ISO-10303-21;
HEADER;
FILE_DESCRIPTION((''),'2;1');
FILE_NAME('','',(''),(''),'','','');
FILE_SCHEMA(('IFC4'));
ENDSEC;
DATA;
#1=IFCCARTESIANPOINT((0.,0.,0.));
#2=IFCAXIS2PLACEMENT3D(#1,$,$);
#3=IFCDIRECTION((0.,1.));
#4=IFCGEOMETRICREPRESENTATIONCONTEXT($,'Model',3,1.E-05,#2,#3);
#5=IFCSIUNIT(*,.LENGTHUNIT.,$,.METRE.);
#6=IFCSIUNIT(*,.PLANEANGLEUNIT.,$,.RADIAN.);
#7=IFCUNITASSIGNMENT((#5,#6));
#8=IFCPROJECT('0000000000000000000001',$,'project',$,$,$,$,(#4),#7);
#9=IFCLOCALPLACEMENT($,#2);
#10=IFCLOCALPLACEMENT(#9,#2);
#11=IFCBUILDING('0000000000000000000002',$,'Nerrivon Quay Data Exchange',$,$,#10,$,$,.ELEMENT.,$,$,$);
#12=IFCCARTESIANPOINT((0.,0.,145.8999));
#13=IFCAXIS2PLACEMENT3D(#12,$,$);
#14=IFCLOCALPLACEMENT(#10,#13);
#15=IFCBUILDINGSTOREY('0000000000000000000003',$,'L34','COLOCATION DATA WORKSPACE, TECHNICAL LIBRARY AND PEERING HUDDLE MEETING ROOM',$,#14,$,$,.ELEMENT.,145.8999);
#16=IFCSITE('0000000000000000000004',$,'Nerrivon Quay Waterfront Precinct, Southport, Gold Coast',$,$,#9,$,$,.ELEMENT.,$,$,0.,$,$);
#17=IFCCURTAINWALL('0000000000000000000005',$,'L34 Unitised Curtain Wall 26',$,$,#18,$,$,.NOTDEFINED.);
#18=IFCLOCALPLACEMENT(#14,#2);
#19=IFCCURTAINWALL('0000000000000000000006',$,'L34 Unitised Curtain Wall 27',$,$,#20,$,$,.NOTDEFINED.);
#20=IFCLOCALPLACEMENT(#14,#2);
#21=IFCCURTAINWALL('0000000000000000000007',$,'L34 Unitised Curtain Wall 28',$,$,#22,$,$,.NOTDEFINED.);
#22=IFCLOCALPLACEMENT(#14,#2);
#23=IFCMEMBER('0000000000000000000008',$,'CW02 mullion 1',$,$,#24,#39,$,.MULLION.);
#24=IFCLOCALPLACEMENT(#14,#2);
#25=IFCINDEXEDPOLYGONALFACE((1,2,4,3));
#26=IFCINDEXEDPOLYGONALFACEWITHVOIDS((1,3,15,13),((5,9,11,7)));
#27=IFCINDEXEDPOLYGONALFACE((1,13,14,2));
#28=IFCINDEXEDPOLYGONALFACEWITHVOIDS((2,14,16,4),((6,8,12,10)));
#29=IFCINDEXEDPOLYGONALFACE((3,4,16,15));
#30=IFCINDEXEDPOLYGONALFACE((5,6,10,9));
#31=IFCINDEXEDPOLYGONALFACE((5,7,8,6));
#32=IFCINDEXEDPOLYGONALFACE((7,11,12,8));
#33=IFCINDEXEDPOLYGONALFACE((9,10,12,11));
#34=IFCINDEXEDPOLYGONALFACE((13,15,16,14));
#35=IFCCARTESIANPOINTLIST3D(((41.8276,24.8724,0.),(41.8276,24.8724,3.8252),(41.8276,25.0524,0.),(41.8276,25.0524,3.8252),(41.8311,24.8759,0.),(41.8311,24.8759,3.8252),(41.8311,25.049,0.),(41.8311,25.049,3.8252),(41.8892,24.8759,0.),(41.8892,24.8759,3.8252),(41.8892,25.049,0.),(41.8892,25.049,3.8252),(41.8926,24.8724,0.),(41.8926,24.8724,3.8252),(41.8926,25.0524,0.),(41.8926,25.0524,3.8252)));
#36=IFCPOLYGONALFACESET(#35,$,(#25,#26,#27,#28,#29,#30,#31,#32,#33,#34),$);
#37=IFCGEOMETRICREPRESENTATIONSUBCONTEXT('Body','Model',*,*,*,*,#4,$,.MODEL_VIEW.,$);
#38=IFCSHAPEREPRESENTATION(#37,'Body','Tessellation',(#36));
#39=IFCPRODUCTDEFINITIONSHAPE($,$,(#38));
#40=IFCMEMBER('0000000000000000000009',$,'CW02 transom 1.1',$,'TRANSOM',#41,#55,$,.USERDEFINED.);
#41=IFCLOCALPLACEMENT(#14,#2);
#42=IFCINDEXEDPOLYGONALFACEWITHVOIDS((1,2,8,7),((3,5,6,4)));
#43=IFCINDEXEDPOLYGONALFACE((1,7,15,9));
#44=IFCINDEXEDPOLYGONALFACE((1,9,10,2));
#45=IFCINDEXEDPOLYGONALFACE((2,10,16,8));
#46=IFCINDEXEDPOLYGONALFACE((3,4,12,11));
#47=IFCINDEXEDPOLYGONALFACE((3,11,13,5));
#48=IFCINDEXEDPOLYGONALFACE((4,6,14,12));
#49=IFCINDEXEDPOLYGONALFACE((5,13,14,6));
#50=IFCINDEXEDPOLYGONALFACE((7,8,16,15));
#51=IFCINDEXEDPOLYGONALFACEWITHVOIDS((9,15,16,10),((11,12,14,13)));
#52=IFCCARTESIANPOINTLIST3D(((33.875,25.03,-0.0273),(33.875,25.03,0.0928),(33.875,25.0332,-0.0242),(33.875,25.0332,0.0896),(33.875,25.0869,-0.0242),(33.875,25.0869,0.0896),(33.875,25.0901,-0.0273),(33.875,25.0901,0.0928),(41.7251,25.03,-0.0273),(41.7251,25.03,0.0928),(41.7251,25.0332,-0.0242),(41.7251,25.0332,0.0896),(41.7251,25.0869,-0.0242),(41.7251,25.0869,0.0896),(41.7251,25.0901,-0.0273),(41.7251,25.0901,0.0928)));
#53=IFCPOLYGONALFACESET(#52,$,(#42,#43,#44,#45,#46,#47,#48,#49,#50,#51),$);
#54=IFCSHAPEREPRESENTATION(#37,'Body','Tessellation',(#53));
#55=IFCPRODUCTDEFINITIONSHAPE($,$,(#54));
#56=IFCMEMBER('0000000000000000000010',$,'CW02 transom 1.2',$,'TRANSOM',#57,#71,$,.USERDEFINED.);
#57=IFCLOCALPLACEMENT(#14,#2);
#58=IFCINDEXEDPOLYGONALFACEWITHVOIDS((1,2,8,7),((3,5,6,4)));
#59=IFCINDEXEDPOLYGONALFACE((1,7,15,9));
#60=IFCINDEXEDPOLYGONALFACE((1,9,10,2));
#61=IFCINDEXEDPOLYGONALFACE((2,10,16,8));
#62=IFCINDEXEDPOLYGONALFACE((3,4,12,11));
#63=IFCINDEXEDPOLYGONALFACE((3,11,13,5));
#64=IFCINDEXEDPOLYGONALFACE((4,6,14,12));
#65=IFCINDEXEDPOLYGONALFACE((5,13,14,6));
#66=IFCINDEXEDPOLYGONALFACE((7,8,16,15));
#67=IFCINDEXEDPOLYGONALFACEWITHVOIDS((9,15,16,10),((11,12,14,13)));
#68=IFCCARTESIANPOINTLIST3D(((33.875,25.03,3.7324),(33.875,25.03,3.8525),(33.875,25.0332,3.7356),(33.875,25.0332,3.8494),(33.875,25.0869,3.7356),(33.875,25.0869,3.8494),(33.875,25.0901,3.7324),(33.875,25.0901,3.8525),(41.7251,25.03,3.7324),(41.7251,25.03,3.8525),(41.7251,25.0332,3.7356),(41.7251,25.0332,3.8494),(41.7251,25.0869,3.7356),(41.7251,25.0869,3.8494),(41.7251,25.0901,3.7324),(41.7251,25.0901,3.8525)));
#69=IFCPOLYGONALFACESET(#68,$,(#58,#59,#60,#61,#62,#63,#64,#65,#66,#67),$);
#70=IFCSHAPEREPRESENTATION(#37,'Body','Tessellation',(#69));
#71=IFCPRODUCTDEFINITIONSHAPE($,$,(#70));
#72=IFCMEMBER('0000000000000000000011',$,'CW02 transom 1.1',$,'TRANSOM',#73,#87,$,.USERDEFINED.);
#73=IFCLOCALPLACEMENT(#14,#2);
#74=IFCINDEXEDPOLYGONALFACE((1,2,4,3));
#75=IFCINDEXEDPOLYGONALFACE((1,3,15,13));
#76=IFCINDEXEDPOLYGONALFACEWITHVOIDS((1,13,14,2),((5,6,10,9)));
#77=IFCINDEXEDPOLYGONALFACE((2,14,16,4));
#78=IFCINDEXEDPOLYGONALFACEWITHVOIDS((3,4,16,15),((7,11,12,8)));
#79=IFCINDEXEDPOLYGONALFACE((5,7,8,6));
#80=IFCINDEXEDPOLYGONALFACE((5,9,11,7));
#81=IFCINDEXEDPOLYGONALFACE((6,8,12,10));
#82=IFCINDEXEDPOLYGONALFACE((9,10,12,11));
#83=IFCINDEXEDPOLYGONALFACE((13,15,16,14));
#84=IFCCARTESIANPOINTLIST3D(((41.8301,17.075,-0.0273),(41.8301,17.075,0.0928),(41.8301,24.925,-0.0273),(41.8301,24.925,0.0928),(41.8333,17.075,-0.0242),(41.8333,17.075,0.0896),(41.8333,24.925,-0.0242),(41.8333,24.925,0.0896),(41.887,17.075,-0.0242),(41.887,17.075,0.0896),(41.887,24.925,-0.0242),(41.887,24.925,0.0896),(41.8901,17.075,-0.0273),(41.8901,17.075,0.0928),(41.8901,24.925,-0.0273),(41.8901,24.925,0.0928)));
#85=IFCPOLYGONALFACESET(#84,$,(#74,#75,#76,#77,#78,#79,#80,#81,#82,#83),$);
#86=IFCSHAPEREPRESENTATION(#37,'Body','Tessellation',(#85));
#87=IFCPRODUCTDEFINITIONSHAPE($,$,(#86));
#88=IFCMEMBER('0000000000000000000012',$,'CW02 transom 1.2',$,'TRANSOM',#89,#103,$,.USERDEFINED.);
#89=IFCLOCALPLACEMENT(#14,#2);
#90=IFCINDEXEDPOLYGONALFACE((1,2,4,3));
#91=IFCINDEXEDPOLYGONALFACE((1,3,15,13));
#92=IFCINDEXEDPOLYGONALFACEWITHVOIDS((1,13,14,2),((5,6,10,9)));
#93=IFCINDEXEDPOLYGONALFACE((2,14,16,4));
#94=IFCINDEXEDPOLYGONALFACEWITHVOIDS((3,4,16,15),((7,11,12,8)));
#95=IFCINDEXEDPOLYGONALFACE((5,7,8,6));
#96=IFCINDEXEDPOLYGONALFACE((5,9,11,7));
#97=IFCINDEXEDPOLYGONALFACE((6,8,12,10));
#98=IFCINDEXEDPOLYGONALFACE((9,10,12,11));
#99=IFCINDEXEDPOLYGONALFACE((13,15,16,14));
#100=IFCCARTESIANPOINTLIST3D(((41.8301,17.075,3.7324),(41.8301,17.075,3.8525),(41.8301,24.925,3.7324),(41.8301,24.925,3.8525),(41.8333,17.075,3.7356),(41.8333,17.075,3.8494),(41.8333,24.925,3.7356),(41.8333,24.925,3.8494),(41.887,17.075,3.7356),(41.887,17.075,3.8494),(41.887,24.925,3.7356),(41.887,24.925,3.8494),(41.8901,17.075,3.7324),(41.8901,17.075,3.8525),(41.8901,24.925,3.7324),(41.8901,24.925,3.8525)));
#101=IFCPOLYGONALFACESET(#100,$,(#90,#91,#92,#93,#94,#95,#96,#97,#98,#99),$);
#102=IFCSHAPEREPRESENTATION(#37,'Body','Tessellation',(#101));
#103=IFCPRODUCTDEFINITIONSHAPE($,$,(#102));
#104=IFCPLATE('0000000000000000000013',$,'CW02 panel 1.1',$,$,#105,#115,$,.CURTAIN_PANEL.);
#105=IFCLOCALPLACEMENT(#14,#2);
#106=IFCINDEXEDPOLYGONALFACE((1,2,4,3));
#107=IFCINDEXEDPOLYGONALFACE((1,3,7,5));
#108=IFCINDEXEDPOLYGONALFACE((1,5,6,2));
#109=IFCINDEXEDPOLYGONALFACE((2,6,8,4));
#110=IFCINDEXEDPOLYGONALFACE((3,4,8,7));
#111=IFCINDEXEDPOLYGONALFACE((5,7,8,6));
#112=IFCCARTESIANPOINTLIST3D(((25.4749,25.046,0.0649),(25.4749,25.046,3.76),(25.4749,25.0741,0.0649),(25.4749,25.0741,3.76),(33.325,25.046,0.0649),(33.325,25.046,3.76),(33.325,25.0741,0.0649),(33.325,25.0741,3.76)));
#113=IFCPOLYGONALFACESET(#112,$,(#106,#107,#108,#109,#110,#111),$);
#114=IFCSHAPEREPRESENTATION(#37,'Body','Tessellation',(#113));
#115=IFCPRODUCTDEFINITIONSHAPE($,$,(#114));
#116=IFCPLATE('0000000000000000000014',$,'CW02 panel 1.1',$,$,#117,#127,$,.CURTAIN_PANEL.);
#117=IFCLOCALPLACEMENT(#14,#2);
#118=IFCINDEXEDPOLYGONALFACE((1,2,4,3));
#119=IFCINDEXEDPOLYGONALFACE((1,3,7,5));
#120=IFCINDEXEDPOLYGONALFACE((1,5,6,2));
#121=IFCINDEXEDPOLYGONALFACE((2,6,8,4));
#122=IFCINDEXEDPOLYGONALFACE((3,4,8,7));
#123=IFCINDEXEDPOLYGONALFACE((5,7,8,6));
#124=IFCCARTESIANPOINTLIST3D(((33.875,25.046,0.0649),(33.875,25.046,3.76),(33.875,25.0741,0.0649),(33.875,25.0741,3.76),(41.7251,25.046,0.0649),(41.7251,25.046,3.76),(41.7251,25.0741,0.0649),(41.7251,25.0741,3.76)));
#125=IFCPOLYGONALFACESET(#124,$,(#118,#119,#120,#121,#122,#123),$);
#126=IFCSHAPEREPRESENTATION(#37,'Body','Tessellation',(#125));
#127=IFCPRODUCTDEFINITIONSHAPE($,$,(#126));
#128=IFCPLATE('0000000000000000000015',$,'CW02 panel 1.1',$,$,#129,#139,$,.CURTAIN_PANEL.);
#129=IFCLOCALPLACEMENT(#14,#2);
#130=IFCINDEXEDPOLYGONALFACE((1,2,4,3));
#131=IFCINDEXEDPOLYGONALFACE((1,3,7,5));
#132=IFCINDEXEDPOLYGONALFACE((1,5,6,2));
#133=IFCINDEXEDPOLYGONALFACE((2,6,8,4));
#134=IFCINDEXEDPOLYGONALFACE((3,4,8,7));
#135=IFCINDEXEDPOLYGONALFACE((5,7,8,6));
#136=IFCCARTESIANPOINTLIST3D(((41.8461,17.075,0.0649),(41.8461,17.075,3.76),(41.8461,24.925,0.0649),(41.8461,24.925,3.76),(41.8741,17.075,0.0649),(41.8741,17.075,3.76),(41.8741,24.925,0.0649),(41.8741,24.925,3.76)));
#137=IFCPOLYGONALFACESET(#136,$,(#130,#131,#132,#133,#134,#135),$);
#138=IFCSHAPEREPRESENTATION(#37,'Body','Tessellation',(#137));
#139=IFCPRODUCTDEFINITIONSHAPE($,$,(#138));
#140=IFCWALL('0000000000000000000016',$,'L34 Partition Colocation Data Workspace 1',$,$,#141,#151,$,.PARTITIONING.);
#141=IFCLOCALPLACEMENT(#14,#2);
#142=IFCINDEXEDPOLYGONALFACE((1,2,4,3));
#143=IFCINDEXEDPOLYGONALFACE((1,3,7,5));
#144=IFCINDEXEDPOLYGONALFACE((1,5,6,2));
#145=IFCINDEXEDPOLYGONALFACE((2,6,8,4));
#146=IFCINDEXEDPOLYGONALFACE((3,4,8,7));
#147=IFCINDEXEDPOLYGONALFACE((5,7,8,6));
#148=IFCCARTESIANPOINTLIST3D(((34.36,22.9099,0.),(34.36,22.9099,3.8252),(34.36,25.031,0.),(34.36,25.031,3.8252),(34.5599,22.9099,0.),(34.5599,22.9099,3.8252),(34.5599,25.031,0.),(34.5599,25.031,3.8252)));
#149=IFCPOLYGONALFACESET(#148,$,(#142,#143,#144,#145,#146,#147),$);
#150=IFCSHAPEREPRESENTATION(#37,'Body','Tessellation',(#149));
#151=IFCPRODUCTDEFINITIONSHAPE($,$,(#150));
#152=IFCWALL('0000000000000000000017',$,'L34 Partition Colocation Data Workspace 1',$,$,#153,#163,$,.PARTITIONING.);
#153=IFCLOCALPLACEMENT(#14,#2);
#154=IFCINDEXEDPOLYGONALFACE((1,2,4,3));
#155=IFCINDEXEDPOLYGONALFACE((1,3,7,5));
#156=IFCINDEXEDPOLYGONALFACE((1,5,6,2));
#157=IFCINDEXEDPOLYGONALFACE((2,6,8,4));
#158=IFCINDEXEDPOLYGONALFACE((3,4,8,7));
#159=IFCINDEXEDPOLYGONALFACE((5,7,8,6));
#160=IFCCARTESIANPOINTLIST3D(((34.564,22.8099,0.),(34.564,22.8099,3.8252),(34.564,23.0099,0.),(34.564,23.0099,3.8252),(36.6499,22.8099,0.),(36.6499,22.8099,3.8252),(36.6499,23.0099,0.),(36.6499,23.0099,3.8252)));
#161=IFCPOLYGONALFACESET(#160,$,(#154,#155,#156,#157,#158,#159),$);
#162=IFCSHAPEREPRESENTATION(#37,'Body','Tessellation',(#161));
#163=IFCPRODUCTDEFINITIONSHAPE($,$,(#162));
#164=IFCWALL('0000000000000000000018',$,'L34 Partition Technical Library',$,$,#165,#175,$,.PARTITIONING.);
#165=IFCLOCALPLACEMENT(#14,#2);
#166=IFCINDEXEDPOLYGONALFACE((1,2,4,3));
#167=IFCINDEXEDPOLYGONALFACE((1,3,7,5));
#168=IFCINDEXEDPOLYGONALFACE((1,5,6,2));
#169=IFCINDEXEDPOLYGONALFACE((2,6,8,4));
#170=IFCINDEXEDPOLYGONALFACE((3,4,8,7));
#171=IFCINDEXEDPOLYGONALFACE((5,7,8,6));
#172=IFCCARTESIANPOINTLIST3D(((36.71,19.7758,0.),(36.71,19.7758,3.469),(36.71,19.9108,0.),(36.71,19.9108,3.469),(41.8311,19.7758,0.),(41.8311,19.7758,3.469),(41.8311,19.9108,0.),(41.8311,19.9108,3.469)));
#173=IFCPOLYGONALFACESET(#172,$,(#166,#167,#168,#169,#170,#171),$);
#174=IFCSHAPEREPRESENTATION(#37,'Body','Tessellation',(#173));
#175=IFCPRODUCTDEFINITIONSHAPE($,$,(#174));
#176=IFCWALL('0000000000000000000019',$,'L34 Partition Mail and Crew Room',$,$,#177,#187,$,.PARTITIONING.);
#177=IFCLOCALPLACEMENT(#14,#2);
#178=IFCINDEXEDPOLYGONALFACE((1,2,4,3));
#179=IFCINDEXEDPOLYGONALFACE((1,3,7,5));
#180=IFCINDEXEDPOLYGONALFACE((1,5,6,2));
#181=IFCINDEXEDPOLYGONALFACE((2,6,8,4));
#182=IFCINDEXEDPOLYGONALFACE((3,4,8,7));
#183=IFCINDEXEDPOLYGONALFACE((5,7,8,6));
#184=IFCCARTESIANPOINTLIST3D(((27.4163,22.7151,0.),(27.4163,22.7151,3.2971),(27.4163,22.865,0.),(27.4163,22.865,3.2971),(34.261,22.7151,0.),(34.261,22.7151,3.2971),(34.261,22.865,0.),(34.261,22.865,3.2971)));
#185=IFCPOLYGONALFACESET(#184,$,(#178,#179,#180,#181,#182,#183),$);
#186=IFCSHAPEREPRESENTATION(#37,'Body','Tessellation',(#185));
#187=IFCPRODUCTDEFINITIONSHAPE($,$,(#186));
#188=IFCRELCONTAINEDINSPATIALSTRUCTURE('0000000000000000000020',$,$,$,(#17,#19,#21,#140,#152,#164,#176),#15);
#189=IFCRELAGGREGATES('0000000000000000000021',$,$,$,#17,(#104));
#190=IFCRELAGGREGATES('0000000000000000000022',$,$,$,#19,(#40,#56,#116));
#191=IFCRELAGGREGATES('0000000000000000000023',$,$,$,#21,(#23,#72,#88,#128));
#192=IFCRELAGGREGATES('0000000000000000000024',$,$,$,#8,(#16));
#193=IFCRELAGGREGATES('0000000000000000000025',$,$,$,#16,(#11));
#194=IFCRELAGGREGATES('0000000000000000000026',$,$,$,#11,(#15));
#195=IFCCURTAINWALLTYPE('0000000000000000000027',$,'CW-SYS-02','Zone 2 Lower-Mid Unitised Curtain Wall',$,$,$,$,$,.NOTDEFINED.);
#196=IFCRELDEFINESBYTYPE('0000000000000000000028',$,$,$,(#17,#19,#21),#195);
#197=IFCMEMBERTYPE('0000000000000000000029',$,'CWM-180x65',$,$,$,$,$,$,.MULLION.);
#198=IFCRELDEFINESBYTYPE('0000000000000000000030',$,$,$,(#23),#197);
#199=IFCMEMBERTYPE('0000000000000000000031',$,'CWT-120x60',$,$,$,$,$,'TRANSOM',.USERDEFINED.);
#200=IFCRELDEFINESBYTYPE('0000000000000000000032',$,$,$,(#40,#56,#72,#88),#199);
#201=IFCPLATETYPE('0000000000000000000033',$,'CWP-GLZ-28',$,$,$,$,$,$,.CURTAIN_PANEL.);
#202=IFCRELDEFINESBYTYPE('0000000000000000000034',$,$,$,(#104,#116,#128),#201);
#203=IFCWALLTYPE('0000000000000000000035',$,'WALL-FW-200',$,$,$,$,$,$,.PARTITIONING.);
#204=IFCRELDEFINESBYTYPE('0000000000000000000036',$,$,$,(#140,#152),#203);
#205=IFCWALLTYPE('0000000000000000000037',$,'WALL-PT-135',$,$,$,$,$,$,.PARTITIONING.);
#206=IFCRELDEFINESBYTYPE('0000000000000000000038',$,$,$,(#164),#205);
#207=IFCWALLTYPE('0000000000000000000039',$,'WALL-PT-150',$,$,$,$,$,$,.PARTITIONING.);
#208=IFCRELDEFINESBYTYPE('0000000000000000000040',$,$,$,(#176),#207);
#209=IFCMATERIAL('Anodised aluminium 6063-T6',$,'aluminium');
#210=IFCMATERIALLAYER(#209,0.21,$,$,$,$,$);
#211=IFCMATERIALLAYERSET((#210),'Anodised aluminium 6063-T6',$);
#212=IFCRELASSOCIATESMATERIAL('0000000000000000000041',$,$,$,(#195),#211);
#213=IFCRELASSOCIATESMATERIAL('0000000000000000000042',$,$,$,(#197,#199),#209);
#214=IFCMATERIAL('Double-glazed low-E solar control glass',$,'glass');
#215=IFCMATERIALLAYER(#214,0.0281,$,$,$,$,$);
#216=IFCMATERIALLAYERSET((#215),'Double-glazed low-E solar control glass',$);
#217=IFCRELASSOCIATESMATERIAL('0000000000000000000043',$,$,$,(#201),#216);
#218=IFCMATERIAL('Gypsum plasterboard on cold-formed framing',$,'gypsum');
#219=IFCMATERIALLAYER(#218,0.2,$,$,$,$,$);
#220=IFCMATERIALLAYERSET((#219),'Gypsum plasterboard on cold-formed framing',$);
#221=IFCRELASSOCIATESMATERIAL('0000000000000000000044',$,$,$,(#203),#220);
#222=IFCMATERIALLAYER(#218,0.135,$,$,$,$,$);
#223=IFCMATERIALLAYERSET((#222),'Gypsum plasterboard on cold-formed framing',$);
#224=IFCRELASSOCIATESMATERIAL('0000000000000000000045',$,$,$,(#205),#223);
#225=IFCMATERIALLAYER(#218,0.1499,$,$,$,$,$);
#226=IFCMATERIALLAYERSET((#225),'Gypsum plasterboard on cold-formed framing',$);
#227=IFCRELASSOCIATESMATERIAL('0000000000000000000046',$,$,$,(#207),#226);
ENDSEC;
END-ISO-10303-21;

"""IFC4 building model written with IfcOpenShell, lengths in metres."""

from ifc_helpers import new_model, si_unit, direction, frame, frame_2d, origin, origin_2d, place, context, subcontext, project, spatial, rectangle, hollow_rectangle, extrude, material, layer, layer_set, material_profile, profile_set, type_object, element, aggregate, save


model = new_model("IFC4")

# Units and contexts
model_context = context("Model", 3, precision=1e-05, world=origin(), true_north=direction((0.0, 1.0)))
body_context = subcontext(model_context, "Body", "Model", "MODEL_VIEW")
ifc_project = project(units=[si_unit("LENGTHUNIT", "METRE"), si_unit("PLANEANGLEUNIT", "RADIAN")], contexts=[model_context])

# Site, building, storey
site_placement = place(None, origin())
site = spatial("IfcSite", under=ifc_project, at=site_placement, Name="Nerrivon Quay Waterfront Precinct, Southport, Gold Coast", CompositionType="ELEMENT", RefElevation=0.0)
building_placement = place(site_placement, origin())
building = spatial("IfcBuilding", under=site, at=building_placement, Name="Nerrivon Quay Data Exchange", CompositionType="ELEMENT")
storey_placement = place(building_placement, frame((0.0, 0.0, 145.8999)))
storey = spatial("IfcBuildingStorey", under=building, at=storey_placement, Name="L34", Description="COLOCATION DATA WORKSPACE, TECHNICAL LIBRARY AND PEERING HUDDLE MEETING ROOM", CompositionType="ELEMENT", Elevation=145.8999)

# Curtain wall
ifc_material_1 = material(Name="Anodised aluminium 6063-T6", Category="aluminium")
ifc_layer_1 = layer(ifc_material_1, 0.21)
ifc_layer_set_1 = layer_set([ifc_layer_1], Name="Anodised aluminium 6063-T6")
curtain_wall_type = type_object("IfcCurtainWallType", Name="CW-SYS-02", Description="Zone 2 Lower-Mid Unitised Curtain Wall", PredefinedType="NOTDEFINED", material=ifc_layer_set_1)
curtain_wall_1_placement = place(storey_placement, origin())
curtain_wall_1 = element("IfcCurtainWall", 1, at=curtain_wall_1_placement, inside=storey, type_object=curtain_wall_type, Name="L34 Unitised Curtain Wall 26", PredefinedType="NOTDEFINED")
ifc_material_profile_1 = material_profile(ifc_material_1, hollow_rectangle(XDim=0.0649, YDim=0.1799, WallThickness=0.0034, at=origin_2d()), Name="ALU-MULL-180x65")
ifc_profile_set_1 = profile_set([ifc_material_profile_1], Name="Anodised aluminium 6063-T6")
member_type_1 = type_object("IfcMemberType", Name="CWM-180x65", PredefinedType="MULLION", material=ifc_profile_set_1)

# Curtain wall
curtain_wall_2_placement = place(storey_placement, origin())
curtain_wall_2 = element("IfcCurtainWall", 2, at=curtain_wall_2_placement, inside=storey, type_object=curtain_wall_type, Name="L34 Unitised Curtain Wall 27", PredefinedType="NOTDEFINED")

# Curtain wall, member
curtain_wall_3_placement = place(storey_placement, origin())
curtain_wall_3 = element("IfcCurtainWall", 3, at=curtain_wall_3_placement, inside=storey, type_object=curtain_wall_type, Name="L34 Unitised Curtain Wall 28", PredefinedType="NOTDEFINED")
member_1_placement = place(storey_placement, frame((41.8601, 24.9624, 0.0), z_axis=(0.0, 0.0, 1.0), x_axis=(1.0, 0.0, 0.0)))
member_1 = element("IfcMember", 4, at=member_1_placement, type_object=member_type_1, Name="CW02 mullion 1", PredefinedType="MULLION", context=body_context, shape_type="SweptSolid", body=[
    extrude(hollow_rectangle(XDim=0.0649, YDim=0.1799, WallThickness=0.0034, at=origin_2d()), origin(), (0.0, 0.0, 1.0), 3.8252),
])

# Members
ifc_material_profile_2 = material_profile(ifc_material_1, hollow_rectangle(XDim=0.0601, YDim=0.1201, WallThickness=0.0032, at=origin_2d()), Name="ALU-TRAN-120x60")
ifc_profile_set_2 = profile_set([ifc_material_profile_2], Name="Anodised aluminium 6063-T6")
member_type_2 = type_object("IfcMemberType", Name="CWT-120x60", ElementType="TRANSOM", PredefinedType="USERDEFINED", material=ifc_profile_set_2)
member_2_placement = place(storey_placement, frame((33.875, 25.0601, 0.0327), z_axis=(1.0, 0.0, 0.0), x_axis=(0.0, 1.0, 0.0)))
member_2 = element("IfcMember", 5, at=member_2_placement, type_object=member_type_2, Name="CW02 transom 1.1", ObjectType="TRANSOM", PredefinedType="USERDEFINED", context=body_context, shape_type="SweptSolid", body=[
    extrude(hollow_rectangle(XDim=0.0601, YDim=0.1201, WallThickness=0.0032, at=origin_2d()), origin(), (0.0, 0.0, 1.0), 7.8501),
])
member_3_placement = place(storey_placement, frame((33.875, 25.0601, 3.7925), z_axis=(1.0, 0.0, 0.0), x_axis=(0.0, 1.0, 0.0)))
member_3 = element("IfcMember", 6, at=member_3_placement, type_object=member_type_2, Name="CW02 transom 1.2", ObjectType="TRANSOM", PredefinedType="USERDEFINED", context=body_context, shape_type="SweptSolid", body=[
    extrude(hollow_rectangle(XDim=0.0601, YDim=0.1201, WallThickness=0.0032, at=origin_2d()), origin(), (0.0, 0.0, 1.0), 7.8501),
])
member_4_placement = place(storey_placement, frame((41.8601, 24.925, 0.0327), z_axis=(0.0, -1.0, 0.0), x_axis=(1.0, 0.0, 0.0)))
member_4 = element("IfcMember", 7, at=member_4_placement, type_object=member_type_2, Name="CW02 transom 1.1", ObjectType="TRANSOM", PredefinedType="USERDEFINED", context=body_context, shape_type="SweptSolid", body=[
    extrude(hollow_rectangle(XDim=0.0601, YDim=0.1201, WallThickness=0.0032, at=origin_2d()), origin(), (0.0, 0.0, 1.0), 7.8501),
])
member_5_placement = place(storey_placement, frame((41.8601, 24.925, 3.7925), z_axis=(0.0, -1.0, 0.0), x_axis=(1.0, 0.0, 0.0)))
member_5 = element("IfcMember", 8, at=member_5_placement, type_object=member_type_2, Name="CW02 transom 1.2", ObjectType="TRANSOM", PredefinedType="USERDEFINED", context=body_context, shape_type="SweptSolid", body=[
    extrude(hollow_rectangle(XDim=0.0601, YDim=0.1201, WallThickness=0.0032, at=origin_2d()), origin(), (0.0, 0.0, 1.0), 7.8501),
])

# Plates
ifc_material_2 = material(Name="Double-glazed low-E solar control glass", Category="glass")
ifc_layer_2 = layer(ifc_material_2, 0.0281)
ifc_layer_set_2 = layer_set([ifc_layer_2], Name="Double-glazed low-E solar control glass")
plate_type = type_object("IfcPlateType", Name="CWP-GLZ-28", PredefinedType="CURTAIN_PANEL", material=ifc_layer_set_2)
plate_1_placement = place(storey_placement, frame((29.3999, 25.0601, 0.0649), z_axis=(0.0, 0.0, 1.0), x_axis=(1.0, 0.0, 0.0)))
plate_1 = element("IfcPlate", 9, at=plate_1_placement, type_object=plate_type, Name="CW02 panel 1.1", PredefinedType="CURTAIN_PANEL", context=body_context, shape_type="SweptSolid", body=[
    extrude(rectangle(XDim=7.8501, YDim=0.0281, at=origin_2d()), origin(), (0.0, 0.0, 1.0), 3.6951),
])
aggregate(curtain_wall_1, [plate_1])
plate_2_placement = place(storey_placement, frame((37.8, 25.0601, 0.0649), z_axis=(0.0, 0.0, 1.0), x_axis=(1.0, 0.0, 0.0)))
plate_2 = element("IfcPlate", 10, at=plate_2_placement, type_object=plate_type, Name="CW02 panel 1.1", PredefinedType="CURTAIN_PANEL", context=body_context, shape_type="SweptSolid", body=[
    extrude(rectangle(XDim=7.8501, YDim=0.0281, at=origin_2d()), origin(), (0.0, 0.0, 1.0), 3.6951),
])
aggregate(curtain_wall_2, [member_2, member_3, plate_2])
plate_3_placement = place(storey_placement, frame((41.8601, 21.0, 0.0649), z_axis=(0.0, 0.0, 1.0), x_axis=(0.0, -1.0, 0.0)))
plate_3 = element("IfcPlate", 11, at=plate_3_placement, type_object=plate_type, Name="CW02 panel 1.1", PredefinedType="CURTAIN_PANEL", context=body_context, shape_type="SweptSolid", body=[
    extrude(rectangle(XDim=7.8501, YDim=0.0281, at=origin_2d()), origin(), (0.0, 0.0, 1.0), 3.6951),
])
aggregate(curtain_wall_3, [member_1, member_4, member_5, plate_3])

# Shared definitions
ifc_material_3 = material(Name="Gypsum plasterboard on cold-formed framing", Category="gypsum")
ifc_layer_3 = layer(ifc_material_3, 0.2)
ifc_layer_set_3 = layer_set([ifc_layer_3], Name="Gypsum plasterboard on cold-formed framing")
wall_type_1 = type_object("IfcWallType", Name="WALL-FW-200", PredefinedType="PARTITIONING", material=ifc_layer_set_3)

# Walls
wall_1_placement = place(storey_placement, frame((34.46, 25.031, 0.0), z_axis=(0.0, 0.0, 1.0), x_axis=(0.0, -1.0, 0.0)))
element("IfcWall", 12, at=wall_1_placement, inside=storey, type_object=wall_type_1, Name="L34 Partition Colocation Data Workspace 1", PredefinedType="PARTITIONING", context=body_context, shape_type="SweptSolid", body=[
    extrude(rectangle(XDim=2.1211, YDim=0.2, at=frame_2d((1.0605, 0.0))), origin(), (0.0, 0.0, 1.0), 3.8252),
])
wall_2_placement = place(storey_placement, frame((34.564, 22.9099, 0.0), z_axis=(0.0, 0.0, 1.0), x_axis=(1.0, 0.0, 0.0)))
element("IfcWall", 13, at=wall_2_placement, inside=storey, type_object=wall_type_1, Name="L34 Partition Colocation Data Workspace 1", PredefinedType="PARTITIONING", context=body_context, shape_type="SweptSolid", body=[
    extrude(rectangle(XDim=2.0859, YDim=0.2, at=frame_2d((1.043, 0.0))), origin(), (0.0, 0.0, 1.0), 3.8252),
])
ifc_layer_4 = layer(ifc_material_3, 0.135)
ifc_layer_set_4 = layer_set([ifc_layer_4], Name="Gypsum plasterboard on cold-formed framing")
wall_type_2 = type_object("IfcWallType", Name="WALL-PT-135", PredefinedType="PARTITIONING", material=ifc_layer_set_4)
wall_3_placement = place(storey_placement, frame((41.8311, 19.8433, 0.0), z_axis=(0.0, 0.0, 1.0), x_axis=(-1.0, 0.0, 0.0)))
element("IfcWall", 14, at=wall_3_placement, inside=storey, type_object=wall_type_2, Name="L34 Partition Technical Library", PredefinedType="PARTITIONING", context=body_context, shape_type="SweptSolid", body=[
    extrude(rectangle(XDim=5.1211, YDim=0.135, at=frame_2d((2.5605, 0.0))), origin(), (0.0, 0.0, 1.0), 3.469),
])
ifc_layer_5 = layer(ifc_material_3, 0.1499)
ifc_layer_set_5 = layer_set([ifc_layer_5], Name="Gypsum plasterboard on cold-formed framing")
wall_type_3 = type_object("IfcWallType", Name="WALL-PT-150", PredefinedType="PARTITIONING", material=ifc_layer_set_5)
wall_4_placement = place(storey_placement, frame((34.261, 22.79, 0.0), z_axis=(0.0, 0.0, 1.0), x_axis=(-1.0, 0.0, 0.0)))
element("IfcWall", 15, at=wall_4_placement, inside=storey, type_object=wall_type_3, Name="L34 Partition Mail and Crew Room", PredefinedType="PARTITIONING", context=body_context, shape_type="SweptSolid", body=[
    extrude(rectangle(XDim=6.8447, YDim=0.1499, at=frame_2d((3.4224, 0.0))), origin(), (0.0, 0.0, 1.0), 3.2971),
])

save(model, "model.ifc")
